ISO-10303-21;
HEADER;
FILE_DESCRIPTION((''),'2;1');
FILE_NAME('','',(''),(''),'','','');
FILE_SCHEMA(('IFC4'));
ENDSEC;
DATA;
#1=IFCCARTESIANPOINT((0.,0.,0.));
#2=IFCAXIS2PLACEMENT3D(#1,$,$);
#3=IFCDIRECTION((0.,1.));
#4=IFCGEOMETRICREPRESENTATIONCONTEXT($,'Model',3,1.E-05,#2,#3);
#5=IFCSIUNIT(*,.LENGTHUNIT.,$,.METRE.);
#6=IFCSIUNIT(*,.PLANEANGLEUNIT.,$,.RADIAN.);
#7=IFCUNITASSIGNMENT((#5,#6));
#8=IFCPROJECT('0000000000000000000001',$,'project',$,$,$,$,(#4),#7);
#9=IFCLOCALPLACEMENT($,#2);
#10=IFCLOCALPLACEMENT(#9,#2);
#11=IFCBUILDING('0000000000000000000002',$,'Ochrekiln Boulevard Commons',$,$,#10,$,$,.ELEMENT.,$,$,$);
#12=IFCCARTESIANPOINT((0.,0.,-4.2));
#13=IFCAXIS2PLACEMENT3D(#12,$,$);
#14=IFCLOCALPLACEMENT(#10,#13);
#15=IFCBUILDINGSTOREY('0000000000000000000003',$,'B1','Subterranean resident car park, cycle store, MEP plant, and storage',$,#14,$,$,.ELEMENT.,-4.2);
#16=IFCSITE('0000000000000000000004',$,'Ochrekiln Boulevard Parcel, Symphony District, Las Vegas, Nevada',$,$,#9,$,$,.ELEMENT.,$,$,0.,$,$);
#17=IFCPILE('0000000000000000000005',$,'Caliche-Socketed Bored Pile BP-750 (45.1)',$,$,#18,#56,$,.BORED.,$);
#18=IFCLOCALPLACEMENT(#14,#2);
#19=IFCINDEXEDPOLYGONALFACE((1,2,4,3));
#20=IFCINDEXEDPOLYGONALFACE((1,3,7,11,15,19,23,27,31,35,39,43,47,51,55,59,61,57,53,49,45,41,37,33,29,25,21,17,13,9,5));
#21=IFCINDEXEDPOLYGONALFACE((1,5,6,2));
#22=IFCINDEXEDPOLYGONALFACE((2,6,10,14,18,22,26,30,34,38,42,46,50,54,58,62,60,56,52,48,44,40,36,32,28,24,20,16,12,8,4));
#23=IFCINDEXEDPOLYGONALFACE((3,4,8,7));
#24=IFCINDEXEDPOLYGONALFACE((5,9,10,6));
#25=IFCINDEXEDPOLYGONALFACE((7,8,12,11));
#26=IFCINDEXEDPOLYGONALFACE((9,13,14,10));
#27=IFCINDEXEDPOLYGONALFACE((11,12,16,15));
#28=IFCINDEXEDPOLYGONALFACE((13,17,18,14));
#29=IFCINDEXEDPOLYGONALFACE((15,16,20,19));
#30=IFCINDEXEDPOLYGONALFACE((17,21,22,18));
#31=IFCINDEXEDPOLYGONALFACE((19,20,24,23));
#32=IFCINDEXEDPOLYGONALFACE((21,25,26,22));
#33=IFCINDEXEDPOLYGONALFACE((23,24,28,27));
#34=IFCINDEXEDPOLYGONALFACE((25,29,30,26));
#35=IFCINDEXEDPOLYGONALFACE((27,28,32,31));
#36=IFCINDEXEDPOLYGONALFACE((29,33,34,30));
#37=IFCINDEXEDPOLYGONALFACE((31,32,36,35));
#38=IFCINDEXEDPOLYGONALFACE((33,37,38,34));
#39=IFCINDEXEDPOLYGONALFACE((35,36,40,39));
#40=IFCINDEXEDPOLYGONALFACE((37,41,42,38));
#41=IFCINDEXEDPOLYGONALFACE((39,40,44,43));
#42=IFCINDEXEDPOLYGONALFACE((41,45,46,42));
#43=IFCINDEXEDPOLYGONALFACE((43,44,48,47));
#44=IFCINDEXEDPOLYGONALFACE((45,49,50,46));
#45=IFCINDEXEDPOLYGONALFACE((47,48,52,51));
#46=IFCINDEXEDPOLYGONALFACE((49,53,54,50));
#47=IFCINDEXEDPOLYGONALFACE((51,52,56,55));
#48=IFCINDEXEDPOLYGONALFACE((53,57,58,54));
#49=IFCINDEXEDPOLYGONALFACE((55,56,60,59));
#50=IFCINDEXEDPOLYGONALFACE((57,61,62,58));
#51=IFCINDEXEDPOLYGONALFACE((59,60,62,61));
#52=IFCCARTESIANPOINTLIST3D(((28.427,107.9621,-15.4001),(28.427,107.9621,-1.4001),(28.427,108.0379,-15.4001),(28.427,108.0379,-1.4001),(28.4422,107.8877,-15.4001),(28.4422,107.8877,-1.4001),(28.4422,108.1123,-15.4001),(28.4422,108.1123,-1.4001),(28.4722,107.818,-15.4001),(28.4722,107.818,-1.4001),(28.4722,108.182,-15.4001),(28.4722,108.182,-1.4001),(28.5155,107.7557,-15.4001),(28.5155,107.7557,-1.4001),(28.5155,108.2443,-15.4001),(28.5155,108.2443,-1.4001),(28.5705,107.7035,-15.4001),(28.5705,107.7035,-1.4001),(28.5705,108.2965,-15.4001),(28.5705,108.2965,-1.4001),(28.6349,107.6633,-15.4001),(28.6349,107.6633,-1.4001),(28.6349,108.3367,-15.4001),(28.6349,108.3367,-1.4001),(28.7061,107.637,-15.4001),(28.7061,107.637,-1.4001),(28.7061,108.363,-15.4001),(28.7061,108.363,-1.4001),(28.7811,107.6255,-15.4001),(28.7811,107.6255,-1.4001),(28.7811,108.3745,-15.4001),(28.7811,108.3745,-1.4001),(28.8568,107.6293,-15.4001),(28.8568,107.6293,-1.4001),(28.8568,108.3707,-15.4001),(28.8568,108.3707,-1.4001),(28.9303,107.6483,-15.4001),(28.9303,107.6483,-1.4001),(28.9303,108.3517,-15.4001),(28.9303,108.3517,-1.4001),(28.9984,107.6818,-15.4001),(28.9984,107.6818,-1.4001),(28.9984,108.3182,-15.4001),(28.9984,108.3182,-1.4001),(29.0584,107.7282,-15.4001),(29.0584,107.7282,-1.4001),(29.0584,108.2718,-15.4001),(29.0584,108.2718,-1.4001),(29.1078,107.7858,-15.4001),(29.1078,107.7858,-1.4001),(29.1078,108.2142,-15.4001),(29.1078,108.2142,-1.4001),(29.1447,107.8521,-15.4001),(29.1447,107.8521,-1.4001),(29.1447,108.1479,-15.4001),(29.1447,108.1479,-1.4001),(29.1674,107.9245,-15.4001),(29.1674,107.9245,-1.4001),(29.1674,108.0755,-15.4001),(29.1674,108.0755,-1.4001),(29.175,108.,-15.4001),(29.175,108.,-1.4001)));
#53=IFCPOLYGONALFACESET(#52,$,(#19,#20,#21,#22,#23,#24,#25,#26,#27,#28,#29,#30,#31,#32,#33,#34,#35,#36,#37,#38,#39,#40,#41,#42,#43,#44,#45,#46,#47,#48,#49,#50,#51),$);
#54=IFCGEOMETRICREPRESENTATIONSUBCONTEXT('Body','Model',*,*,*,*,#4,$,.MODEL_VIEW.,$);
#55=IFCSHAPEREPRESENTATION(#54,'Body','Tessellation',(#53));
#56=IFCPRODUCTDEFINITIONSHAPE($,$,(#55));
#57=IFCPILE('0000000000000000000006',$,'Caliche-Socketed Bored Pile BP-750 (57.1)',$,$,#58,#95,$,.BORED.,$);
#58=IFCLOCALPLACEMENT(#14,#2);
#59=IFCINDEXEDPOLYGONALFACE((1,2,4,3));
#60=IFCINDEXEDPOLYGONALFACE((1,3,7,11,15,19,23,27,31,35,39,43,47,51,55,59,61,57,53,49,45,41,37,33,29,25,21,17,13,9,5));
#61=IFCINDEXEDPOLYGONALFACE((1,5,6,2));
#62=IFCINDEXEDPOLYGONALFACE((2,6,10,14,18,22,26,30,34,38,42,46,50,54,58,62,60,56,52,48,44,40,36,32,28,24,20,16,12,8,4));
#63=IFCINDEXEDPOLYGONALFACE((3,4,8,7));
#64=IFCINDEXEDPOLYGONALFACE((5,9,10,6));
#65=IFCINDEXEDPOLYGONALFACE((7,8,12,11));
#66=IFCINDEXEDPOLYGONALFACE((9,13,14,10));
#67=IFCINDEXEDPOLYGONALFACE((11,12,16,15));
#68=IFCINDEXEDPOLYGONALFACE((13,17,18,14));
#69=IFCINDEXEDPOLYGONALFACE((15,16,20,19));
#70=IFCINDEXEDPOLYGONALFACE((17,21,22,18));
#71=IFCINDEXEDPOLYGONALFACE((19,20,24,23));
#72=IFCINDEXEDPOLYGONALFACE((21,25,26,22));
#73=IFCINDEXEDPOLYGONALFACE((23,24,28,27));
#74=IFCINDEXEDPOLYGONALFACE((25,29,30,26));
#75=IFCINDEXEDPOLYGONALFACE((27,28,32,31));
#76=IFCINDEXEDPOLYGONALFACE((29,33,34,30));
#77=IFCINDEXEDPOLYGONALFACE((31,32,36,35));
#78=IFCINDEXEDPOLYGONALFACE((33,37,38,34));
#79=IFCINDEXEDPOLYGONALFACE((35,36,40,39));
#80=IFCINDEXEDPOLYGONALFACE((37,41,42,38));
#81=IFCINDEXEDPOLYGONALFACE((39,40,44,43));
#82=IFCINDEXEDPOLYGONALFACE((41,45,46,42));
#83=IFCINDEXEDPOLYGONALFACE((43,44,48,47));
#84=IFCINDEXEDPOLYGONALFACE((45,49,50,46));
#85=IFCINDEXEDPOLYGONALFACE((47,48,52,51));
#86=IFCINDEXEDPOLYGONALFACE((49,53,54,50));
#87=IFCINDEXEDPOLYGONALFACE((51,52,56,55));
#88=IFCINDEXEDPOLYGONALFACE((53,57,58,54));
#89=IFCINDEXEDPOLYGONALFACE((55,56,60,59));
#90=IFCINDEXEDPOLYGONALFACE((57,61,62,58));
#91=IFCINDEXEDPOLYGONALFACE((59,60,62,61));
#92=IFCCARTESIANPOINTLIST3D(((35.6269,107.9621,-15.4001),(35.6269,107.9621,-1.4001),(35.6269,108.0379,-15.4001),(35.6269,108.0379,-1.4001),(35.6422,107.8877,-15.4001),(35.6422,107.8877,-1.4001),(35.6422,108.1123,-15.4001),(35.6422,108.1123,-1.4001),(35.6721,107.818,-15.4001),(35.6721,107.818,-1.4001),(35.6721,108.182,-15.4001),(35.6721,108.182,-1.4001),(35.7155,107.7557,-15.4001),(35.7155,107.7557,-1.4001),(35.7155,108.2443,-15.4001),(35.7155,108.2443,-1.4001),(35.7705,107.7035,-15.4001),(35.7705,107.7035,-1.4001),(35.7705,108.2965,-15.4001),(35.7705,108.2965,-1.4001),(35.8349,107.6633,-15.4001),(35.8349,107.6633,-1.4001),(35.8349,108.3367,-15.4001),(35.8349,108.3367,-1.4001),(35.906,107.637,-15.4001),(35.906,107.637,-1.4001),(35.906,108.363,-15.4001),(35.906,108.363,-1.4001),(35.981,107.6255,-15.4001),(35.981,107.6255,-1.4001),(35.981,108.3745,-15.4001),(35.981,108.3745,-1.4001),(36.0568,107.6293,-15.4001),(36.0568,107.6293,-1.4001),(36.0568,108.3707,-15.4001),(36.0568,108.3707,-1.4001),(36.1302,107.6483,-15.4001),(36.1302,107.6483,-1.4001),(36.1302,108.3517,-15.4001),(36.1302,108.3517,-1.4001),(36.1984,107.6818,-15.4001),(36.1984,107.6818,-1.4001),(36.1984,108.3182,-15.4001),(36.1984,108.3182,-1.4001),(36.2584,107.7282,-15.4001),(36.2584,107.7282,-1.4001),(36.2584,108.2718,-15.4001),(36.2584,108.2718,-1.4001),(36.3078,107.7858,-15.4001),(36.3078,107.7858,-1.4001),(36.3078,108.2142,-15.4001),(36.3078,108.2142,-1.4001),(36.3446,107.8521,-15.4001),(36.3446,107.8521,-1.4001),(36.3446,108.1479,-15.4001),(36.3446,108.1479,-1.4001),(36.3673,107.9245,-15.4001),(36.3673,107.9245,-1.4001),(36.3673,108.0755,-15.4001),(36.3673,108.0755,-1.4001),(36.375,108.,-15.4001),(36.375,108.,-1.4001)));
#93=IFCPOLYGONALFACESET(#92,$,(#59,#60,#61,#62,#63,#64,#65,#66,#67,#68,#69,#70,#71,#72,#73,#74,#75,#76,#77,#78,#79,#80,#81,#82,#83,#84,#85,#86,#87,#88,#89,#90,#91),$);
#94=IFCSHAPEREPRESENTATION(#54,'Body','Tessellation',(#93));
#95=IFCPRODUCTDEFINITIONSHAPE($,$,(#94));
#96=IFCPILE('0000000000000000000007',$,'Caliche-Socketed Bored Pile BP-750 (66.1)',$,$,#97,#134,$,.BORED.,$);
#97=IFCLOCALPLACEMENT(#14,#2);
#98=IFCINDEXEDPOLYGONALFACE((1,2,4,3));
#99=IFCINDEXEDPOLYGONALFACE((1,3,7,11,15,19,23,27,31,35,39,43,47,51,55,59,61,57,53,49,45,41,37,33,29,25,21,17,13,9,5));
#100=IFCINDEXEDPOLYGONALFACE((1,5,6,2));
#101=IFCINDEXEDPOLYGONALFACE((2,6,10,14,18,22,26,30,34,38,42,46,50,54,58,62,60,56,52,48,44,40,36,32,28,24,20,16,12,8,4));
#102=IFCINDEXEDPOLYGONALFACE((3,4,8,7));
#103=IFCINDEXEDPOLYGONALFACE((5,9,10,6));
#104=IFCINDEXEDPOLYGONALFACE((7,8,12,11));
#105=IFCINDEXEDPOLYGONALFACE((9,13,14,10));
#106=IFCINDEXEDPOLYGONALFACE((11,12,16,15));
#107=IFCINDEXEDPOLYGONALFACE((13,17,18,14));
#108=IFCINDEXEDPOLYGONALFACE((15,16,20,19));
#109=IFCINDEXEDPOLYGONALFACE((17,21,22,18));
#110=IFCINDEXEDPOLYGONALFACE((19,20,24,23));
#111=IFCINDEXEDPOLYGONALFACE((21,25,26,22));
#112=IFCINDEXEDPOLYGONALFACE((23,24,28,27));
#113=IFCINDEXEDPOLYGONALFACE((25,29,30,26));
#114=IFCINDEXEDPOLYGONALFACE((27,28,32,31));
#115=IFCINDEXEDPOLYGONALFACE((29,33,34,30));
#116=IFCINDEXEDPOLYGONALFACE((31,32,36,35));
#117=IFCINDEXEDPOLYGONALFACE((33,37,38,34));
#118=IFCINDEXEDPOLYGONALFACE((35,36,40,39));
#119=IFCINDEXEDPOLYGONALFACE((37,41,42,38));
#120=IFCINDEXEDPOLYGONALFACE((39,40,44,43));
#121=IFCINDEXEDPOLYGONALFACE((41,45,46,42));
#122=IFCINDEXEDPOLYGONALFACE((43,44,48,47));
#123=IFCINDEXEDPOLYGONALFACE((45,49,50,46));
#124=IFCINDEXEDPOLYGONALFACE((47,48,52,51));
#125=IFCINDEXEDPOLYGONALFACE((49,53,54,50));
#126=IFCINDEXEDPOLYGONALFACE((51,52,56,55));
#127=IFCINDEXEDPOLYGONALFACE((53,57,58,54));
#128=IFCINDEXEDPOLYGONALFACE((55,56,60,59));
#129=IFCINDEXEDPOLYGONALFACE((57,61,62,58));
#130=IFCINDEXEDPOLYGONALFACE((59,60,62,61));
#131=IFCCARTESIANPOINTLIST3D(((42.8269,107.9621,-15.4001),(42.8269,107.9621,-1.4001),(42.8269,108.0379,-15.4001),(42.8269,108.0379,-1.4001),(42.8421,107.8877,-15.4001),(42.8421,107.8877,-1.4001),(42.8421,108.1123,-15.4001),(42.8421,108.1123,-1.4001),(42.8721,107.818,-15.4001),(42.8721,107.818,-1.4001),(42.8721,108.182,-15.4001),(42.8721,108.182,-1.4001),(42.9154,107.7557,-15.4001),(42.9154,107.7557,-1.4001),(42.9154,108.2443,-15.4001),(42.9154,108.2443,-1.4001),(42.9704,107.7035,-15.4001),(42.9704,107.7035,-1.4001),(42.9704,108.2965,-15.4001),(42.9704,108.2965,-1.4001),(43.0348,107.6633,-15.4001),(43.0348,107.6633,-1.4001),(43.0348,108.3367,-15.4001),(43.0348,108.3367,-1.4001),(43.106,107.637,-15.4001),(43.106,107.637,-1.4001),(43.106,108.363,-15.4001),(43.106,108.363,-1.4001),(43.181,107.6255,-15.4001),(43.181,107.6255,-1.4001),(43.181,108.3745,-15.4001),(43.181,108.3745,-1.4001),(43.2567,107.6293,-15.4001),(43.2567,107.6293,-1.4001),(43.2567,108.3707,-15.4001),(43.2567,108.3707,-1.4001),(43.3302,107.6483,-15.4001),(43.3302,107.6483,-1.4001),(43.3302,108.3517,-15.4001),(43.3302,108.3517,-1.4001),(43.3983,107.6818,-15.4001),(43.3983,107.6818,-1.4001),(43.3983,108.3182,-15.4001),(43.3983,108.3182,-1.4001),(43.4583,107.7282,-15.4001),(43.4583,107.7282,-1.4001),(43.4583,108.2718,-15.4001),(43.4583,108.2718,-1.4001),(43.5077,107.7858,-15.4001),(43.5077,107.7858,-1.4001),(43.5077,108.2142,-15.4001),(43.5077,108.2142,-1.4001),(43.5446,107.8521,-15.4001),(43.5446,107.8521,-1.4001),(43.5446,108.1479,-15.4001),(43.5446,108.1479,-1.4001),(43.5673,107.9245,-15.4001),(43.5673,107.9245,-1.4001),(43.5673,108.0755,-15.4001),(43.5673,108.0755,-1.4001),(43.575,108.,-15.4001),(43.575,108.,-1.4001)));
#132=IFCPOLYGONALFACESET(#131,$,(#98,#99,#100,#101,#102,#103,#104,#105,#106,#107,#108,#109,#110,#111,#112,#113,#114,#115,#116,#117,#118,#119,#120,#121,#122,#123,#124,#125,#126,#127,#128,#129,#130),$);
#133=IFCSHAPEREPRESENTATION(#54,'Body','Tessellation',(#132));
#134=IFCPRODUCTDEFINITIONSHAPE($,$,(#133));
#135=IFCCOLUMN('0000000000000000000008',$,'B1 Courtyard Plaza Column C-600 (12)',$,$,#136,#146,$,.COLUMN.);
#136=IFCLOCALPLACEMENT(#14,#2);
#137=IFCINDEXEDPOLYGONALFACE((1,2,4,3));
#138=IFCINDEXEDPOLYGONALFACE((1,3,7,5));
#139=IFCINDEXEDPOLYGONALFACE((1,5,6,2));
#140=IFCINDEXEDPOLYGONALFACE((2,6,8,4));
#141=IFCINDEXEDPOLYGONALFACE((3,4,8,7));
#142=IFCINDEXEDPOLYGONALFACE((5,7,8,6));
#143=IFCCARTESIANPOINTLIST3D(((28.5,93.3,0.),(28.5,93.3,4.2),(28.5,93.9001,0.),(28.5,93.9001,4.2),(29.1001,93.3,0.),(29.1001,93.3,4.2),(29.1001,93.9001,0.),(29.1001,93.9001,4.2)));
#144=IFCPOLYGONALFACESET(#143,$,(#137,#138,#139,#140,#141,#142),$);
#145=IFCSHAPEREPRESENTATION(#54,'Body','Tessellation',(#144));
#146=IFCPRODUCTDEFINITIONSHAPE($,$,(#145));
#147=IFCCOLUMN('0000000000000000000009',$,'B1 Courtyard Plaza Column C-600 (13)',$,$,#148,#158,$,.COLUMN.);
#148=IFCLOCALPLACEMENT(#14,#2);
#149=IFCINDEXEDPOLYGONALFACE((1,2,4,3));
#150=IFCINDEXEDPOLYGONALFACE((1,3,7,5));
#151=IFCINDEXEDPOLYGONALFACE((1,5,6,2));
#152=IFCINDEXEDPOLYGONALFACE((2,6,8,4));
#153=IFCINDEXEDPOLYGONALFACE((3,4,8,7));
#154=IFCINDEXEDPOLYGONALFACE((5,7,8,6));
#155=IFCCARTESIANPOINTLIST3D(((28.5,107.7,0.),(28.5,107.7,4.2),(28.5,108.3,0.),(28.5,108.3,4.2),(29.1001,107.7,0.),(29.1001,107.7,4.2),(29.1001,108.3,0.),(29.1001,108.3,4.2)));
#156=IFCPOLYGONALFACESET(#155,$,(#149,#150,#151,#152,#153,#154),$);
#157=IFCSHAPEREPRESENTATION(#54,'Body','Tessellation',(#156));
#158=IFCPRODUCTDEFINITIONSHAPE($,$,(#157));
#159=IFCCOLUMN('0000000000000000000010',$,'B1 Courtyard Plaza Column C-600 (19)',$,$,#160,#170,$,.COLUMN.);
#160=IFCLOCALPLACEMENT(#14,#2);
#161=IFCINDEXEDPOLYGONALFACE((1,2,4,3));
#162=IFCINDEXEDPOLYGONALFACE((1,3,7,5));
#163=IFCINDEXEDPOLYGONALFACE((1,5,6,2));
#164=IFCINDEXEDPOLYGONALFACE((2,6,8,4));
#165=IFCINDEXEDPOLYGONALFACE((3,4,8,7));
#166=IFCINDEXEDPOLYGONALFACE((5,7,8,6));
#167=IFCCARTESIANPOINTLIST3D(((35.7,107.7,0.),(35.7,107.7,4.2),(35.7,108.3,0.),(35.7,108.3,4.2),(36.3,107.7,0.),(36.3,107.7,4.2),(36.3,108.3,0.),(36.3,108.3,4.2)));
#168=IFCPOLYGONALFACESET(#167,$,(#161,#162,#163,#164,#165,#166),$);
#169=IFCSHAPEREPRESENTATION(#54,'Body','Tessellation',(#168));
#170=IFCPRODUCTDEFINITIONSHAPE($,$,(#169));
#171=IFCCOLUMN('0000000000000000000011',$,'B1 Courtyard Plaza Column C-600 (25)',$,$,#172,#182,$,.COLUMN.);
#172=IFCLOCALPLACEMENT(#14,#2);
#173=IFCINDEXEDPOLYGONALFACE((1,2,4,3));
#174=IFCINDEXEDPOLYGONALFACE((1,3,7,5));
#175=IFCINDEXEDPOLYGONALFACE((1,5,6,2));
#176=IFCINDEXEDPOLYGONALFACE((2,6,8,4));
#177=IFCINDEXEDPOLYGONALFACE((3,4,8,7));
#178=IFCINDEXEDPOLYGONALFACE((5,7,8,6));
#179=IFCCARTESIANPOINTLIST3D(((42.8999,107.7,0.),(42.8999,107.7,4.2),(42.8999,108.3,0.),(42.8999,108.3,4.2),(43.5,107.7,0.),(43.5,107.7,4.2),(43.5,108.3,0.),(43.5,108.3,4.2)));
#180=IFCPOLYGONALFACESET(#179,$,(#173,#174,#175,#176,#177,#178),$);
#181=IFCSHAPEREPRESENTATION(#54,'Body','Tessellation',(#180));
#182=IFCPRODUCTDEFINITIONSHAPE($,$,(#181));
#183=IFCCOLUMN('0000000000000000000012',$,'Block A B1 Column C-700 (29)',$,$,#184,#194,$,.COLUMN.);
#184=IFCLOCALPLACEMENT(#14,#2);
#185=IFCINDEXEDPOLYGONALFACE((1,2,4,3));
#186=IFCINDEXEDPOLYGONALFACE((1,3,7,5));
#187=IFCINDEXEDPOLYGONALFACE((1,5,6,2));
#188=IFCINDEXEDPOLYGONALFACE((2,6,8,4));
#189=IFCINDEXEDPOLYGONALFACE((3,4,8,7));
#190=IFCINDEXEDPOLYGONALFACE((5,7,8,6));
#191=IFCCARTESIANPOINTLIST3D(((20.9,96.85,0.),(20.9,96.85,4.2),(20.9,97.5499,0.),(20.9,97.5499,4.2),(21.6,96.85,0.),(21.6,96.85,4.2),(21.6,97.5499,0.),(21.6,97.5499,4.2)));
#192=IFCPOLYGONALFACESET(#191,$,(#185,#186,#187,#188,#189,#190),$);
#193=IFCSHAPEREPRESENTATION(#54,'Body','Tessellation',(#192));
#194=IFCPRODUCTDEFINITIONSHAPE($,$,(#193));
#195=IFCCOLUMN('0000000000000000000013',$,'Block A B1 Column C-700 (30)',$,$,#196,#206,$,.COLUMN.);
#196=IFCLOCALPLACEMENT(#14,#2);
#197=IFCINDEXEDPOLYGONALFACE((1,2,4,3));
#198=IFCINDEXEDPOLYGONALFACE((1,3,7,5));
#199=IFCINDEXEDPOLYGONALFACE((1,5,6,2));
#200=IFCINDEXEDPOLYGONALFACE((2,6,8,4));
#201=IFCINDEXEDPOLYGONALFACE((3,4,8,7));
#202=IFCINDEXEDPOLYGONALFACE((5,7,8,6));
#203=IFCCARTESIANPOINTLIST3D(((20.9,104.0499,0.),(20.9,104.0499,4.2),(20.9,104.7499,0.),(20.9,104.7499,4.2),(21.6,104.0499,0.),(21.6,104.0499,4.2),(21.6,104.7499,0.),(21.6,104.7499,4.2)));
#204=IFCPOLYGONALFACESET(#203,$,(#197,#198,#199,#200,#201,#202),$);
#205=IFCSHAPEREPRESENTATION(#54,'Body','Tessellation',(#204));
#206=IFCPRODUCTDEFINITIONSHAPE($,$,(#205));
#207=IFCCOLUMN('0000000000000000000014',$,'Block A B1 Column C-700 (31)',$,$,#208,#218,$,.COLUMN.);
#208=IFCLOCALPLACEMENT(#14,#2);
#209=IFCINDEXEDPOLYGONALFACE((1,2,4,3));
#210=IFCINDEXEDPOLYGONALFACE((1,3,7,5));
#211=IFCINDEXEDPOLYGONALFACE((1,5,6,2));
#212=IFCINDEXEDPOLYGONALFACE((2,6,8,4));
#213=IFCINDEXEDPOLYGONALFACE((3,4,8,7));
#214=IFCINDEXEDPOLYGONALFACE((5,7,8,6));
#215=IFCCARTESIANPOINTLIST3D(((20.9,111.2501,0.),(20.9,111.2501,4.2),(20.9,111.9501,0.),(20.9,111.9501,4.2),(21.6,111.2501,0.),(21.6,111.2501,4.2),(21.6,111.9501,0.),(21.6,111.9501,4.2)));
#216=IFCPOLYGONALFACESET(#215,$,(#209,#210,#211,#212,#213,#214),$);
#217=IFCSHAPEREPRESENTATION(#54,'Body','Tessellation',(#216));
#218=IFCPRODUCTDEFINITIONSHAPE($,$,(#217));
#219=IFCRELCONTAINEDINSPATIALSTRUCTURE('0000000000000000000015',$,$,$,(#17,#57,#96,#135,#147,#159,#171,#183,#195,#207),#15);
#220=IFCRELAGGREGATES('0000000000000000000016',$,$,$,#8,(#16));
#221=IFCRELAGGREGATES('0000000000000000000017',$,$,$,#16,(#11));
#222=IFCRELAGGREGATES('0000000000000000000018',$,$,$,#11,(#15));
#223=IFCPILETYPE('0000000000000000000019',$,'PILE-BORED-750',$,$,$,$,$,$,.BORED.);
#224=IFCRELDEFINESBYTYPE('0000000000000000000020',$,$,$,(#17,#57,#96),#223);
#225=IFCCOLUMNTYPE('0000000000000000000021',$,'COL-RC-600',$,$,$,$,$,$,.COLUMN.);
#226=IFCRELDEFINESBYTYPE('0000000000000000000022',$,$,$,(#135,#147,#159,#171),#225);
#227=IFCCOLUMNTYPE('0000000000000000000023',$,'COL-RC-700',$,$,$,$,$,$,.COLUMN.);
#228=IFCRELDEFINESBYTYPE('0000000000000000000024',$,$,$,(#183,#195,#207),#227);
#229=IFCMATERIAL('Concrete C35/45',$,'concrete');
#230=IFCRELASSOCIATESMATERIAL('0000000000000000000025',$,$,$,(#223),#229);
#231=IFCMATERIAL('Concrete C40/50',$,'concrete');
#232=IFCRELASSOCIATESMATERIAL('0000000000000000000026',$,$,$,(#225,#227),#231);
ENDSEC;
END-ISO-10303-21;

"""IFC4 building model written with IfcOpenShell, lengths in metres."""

from ifc_helpers import new_model, si_unit, direction, frame, origin, origin_2d, place, context, subcontext, project, spatial, rectangle, circle, extrude, material, material_profile, profile_set, type_object, element, save


model = new_model("IFC4")

# Units and contexts
model_context = context("Model", 3, precision=1e-05, world=origin(), true_north=direction((0.0, 1.0)))
body_context = subcontext(model_context, "Body", "Model", "MODEL_VIEW")
ifc_project = project(units=[si_unit("LENGTHUNIT", "METRE"), si_unit("PLANEANGLEUNIT", "RADIAN")], contexts=[model_context])

# Site, building, storey
site_placement = place(None, origin())
site = spatial("IfcSite", under=ifc_project, at=site_placement, Name="Ochrekiln Boulevard Parcel, Symphony District, Las Vegas, Nevada", CompositionType="ELEMENT", RefElevation=0.0)
building_placement = place(site_placement, origin())
building = spatial("IfcBuilding", under=site, at=building_placement, Name="Ochrekiln Boulevard Commons", CompositionType="ELEMENT")
storey_placement = place(building_placement, frame((0.0, 0.0, -4.2)))
storey = spatial("IfcBuildingStorey", under=building, at=storey_placement, Name="B1", Description="Subterranean resident car park, cycle store, MEP plant, and storage", CompositionType="ELEMENT", Elevation=-4.2)

# Shared definitions
ifc_material_1 = material(Name="Concrete C35/45", Category="concrete")

# Piles
ifc_material_profile_1 = material_profile(ifc_material_1, circle(Radius=0.375, at=origin_2d()), Name="PILE-D750")
ifc_profile_set_1 = profile_set([ifc_material_profile_1], Name="Concrete C35/45")
pile_type_1 = type_object("IfcPileType", Name="PILE-BORED-750", PredefinedType="BORED", material=ifc_profile_set_1)
for number, where, z_axis, x_axis, name in (
    (1, (28.8, 108.0, -1.4001), (0.0, 0.0, -1.0), (1.0, 0.0, 0.0), "Caliche-Socketed Bored Pile BP-750 (45.1)"),
    (2, (36.0, 108.0, -1.4001), (0.0, 0.0, -1.0), (1.0, 0.0, 0.0), "Caliche-Socketed Bored Pile BP-750 (57.1)"),
    (3, (43.2, 108.0, -1.4001), (0.0, 0.0, -1.0), (1.0, 0.0, 0.0), "Caliche-Socketed Bored Pile BP-750 (66.1)"),
):
    element("IfcPile", number, at=place(storey_placement, frame(where, z_axis=z_axis, x_axis=x_axis)), inside=storey, type_object=pile_type_1, Name=name, PredefinedType="BORED", context=body_context, shape_type="SweptSolid", body=[
        extrude(circle(Radius=0.375, at=origin_2d()), origin(), (0.0, 0.0, 1.0), 14.0),
    ])

# Columns
ifc_material_2 = material(Name="Concrete C40/50", Category="concrete")
ifc_material_profile_2 = material_profile(ifc_material_2, rectangle(XDim=0.6001, YDim=0.6001, at=origin_2d()), Name="RC-COL-600x600")
ifc_profile_set_2 = profile_set([ifc_material_profile_2], Name="Concrete C40/50")
column_type_1 = type_object("IfcColumnType", Name="COL-RC-600", PredefinedType="COLUMN", material=ifc_profile_set_2)
for number, where, z_axis, x_axis, name in (
    (4, (28.8, 93.6001, 0.0), (0.0, 0.0, 1.0), (1.0, 0.0, 0.0), "B1 Courtyard Plaza Column C-600 (12)"),
    (5, (28.8, 108.0, 0.0), (0.0, 0.0, 1.0), (1.0, 0.0, 0.0), "B1 Courtyard Plaza Column C-600 (13)"),
    (6, (36.0, 108.0, 0.0), (0.0, 0.0, 1.0), (1.0, 0.0, 0.0), "B1 Courtyard Plaza Column C-600 (19)"),
    (7, (43.2, 108.0, 0.0), (0.0, 0.0, 1.0), (1.0, 0.0, 0.0), "B1 Courtyard Plaza Column C-600 (25)"),
):
    element("IfcColumn", number, at=place(storey_placement, frame(where, z_axis=z_axis, x_axis=x_axis)), inside=storey, type_object=column_type_1, Name=name, PredefinedType="COLUMN", context=body_context, shape_type="SweptSolid", body=[
        extrude(rectangle(XDim=0.6001, YDim=0.6001, at=origin_2d()), origin(), (0.0, 0.0, 1.0), 4.2),
    ])
ifc_material_profile_3 = material_profile(ifc_material_2, rectangle(XDim=0.7, YDim=0.7, at=origin_2d()), Name="RC-COL-700x700")
ifc_profile_set_3 = profile_set([ifc_material_profile_3], Name="Concrete C40/50")
column_type_2 = type_object("IfcColumnType", Name="COL-RC-700", PredefinedType="COLUMN", material=ifc_profile_set_3)
for number, where, z_axis, x_axis, name in (
    (8, (21.25, 97.2, 0.0), (0.0, 0.0, 1.0), (1.0, 0.0, 0.0), "Block A B1 Column C-700 (29)"),
    (9, (21.25, 104.3999, 0.0), (0.0, 0.0, 1.0), (1.0, 0.0, 0.0), "Block A B1 Column C-700 (30)"),
    (10, (21.25, 111.6001, 0.0), (0.0, 0.0, 1.0), (1.0, 0.0, 0.0), "Block A B1 Column C-700 (31)"),
):
    element("IfcColumn", number, at=place(storey_placement, frame(where, z_axis=z_axis, x_axis=x_axis)), inside=storey, type_object=column_type_2, Name=name, PredefinedType="COLUMN", context=body_context, shape_type="SweptSolid", body=[
        extrude(rectangle(XDim=0.7, YDim=0.7, at=origin_2d()), origin(), (0.0, 0.0, 1.0), 4.2),
    ])

save(model, "model.ifc")
